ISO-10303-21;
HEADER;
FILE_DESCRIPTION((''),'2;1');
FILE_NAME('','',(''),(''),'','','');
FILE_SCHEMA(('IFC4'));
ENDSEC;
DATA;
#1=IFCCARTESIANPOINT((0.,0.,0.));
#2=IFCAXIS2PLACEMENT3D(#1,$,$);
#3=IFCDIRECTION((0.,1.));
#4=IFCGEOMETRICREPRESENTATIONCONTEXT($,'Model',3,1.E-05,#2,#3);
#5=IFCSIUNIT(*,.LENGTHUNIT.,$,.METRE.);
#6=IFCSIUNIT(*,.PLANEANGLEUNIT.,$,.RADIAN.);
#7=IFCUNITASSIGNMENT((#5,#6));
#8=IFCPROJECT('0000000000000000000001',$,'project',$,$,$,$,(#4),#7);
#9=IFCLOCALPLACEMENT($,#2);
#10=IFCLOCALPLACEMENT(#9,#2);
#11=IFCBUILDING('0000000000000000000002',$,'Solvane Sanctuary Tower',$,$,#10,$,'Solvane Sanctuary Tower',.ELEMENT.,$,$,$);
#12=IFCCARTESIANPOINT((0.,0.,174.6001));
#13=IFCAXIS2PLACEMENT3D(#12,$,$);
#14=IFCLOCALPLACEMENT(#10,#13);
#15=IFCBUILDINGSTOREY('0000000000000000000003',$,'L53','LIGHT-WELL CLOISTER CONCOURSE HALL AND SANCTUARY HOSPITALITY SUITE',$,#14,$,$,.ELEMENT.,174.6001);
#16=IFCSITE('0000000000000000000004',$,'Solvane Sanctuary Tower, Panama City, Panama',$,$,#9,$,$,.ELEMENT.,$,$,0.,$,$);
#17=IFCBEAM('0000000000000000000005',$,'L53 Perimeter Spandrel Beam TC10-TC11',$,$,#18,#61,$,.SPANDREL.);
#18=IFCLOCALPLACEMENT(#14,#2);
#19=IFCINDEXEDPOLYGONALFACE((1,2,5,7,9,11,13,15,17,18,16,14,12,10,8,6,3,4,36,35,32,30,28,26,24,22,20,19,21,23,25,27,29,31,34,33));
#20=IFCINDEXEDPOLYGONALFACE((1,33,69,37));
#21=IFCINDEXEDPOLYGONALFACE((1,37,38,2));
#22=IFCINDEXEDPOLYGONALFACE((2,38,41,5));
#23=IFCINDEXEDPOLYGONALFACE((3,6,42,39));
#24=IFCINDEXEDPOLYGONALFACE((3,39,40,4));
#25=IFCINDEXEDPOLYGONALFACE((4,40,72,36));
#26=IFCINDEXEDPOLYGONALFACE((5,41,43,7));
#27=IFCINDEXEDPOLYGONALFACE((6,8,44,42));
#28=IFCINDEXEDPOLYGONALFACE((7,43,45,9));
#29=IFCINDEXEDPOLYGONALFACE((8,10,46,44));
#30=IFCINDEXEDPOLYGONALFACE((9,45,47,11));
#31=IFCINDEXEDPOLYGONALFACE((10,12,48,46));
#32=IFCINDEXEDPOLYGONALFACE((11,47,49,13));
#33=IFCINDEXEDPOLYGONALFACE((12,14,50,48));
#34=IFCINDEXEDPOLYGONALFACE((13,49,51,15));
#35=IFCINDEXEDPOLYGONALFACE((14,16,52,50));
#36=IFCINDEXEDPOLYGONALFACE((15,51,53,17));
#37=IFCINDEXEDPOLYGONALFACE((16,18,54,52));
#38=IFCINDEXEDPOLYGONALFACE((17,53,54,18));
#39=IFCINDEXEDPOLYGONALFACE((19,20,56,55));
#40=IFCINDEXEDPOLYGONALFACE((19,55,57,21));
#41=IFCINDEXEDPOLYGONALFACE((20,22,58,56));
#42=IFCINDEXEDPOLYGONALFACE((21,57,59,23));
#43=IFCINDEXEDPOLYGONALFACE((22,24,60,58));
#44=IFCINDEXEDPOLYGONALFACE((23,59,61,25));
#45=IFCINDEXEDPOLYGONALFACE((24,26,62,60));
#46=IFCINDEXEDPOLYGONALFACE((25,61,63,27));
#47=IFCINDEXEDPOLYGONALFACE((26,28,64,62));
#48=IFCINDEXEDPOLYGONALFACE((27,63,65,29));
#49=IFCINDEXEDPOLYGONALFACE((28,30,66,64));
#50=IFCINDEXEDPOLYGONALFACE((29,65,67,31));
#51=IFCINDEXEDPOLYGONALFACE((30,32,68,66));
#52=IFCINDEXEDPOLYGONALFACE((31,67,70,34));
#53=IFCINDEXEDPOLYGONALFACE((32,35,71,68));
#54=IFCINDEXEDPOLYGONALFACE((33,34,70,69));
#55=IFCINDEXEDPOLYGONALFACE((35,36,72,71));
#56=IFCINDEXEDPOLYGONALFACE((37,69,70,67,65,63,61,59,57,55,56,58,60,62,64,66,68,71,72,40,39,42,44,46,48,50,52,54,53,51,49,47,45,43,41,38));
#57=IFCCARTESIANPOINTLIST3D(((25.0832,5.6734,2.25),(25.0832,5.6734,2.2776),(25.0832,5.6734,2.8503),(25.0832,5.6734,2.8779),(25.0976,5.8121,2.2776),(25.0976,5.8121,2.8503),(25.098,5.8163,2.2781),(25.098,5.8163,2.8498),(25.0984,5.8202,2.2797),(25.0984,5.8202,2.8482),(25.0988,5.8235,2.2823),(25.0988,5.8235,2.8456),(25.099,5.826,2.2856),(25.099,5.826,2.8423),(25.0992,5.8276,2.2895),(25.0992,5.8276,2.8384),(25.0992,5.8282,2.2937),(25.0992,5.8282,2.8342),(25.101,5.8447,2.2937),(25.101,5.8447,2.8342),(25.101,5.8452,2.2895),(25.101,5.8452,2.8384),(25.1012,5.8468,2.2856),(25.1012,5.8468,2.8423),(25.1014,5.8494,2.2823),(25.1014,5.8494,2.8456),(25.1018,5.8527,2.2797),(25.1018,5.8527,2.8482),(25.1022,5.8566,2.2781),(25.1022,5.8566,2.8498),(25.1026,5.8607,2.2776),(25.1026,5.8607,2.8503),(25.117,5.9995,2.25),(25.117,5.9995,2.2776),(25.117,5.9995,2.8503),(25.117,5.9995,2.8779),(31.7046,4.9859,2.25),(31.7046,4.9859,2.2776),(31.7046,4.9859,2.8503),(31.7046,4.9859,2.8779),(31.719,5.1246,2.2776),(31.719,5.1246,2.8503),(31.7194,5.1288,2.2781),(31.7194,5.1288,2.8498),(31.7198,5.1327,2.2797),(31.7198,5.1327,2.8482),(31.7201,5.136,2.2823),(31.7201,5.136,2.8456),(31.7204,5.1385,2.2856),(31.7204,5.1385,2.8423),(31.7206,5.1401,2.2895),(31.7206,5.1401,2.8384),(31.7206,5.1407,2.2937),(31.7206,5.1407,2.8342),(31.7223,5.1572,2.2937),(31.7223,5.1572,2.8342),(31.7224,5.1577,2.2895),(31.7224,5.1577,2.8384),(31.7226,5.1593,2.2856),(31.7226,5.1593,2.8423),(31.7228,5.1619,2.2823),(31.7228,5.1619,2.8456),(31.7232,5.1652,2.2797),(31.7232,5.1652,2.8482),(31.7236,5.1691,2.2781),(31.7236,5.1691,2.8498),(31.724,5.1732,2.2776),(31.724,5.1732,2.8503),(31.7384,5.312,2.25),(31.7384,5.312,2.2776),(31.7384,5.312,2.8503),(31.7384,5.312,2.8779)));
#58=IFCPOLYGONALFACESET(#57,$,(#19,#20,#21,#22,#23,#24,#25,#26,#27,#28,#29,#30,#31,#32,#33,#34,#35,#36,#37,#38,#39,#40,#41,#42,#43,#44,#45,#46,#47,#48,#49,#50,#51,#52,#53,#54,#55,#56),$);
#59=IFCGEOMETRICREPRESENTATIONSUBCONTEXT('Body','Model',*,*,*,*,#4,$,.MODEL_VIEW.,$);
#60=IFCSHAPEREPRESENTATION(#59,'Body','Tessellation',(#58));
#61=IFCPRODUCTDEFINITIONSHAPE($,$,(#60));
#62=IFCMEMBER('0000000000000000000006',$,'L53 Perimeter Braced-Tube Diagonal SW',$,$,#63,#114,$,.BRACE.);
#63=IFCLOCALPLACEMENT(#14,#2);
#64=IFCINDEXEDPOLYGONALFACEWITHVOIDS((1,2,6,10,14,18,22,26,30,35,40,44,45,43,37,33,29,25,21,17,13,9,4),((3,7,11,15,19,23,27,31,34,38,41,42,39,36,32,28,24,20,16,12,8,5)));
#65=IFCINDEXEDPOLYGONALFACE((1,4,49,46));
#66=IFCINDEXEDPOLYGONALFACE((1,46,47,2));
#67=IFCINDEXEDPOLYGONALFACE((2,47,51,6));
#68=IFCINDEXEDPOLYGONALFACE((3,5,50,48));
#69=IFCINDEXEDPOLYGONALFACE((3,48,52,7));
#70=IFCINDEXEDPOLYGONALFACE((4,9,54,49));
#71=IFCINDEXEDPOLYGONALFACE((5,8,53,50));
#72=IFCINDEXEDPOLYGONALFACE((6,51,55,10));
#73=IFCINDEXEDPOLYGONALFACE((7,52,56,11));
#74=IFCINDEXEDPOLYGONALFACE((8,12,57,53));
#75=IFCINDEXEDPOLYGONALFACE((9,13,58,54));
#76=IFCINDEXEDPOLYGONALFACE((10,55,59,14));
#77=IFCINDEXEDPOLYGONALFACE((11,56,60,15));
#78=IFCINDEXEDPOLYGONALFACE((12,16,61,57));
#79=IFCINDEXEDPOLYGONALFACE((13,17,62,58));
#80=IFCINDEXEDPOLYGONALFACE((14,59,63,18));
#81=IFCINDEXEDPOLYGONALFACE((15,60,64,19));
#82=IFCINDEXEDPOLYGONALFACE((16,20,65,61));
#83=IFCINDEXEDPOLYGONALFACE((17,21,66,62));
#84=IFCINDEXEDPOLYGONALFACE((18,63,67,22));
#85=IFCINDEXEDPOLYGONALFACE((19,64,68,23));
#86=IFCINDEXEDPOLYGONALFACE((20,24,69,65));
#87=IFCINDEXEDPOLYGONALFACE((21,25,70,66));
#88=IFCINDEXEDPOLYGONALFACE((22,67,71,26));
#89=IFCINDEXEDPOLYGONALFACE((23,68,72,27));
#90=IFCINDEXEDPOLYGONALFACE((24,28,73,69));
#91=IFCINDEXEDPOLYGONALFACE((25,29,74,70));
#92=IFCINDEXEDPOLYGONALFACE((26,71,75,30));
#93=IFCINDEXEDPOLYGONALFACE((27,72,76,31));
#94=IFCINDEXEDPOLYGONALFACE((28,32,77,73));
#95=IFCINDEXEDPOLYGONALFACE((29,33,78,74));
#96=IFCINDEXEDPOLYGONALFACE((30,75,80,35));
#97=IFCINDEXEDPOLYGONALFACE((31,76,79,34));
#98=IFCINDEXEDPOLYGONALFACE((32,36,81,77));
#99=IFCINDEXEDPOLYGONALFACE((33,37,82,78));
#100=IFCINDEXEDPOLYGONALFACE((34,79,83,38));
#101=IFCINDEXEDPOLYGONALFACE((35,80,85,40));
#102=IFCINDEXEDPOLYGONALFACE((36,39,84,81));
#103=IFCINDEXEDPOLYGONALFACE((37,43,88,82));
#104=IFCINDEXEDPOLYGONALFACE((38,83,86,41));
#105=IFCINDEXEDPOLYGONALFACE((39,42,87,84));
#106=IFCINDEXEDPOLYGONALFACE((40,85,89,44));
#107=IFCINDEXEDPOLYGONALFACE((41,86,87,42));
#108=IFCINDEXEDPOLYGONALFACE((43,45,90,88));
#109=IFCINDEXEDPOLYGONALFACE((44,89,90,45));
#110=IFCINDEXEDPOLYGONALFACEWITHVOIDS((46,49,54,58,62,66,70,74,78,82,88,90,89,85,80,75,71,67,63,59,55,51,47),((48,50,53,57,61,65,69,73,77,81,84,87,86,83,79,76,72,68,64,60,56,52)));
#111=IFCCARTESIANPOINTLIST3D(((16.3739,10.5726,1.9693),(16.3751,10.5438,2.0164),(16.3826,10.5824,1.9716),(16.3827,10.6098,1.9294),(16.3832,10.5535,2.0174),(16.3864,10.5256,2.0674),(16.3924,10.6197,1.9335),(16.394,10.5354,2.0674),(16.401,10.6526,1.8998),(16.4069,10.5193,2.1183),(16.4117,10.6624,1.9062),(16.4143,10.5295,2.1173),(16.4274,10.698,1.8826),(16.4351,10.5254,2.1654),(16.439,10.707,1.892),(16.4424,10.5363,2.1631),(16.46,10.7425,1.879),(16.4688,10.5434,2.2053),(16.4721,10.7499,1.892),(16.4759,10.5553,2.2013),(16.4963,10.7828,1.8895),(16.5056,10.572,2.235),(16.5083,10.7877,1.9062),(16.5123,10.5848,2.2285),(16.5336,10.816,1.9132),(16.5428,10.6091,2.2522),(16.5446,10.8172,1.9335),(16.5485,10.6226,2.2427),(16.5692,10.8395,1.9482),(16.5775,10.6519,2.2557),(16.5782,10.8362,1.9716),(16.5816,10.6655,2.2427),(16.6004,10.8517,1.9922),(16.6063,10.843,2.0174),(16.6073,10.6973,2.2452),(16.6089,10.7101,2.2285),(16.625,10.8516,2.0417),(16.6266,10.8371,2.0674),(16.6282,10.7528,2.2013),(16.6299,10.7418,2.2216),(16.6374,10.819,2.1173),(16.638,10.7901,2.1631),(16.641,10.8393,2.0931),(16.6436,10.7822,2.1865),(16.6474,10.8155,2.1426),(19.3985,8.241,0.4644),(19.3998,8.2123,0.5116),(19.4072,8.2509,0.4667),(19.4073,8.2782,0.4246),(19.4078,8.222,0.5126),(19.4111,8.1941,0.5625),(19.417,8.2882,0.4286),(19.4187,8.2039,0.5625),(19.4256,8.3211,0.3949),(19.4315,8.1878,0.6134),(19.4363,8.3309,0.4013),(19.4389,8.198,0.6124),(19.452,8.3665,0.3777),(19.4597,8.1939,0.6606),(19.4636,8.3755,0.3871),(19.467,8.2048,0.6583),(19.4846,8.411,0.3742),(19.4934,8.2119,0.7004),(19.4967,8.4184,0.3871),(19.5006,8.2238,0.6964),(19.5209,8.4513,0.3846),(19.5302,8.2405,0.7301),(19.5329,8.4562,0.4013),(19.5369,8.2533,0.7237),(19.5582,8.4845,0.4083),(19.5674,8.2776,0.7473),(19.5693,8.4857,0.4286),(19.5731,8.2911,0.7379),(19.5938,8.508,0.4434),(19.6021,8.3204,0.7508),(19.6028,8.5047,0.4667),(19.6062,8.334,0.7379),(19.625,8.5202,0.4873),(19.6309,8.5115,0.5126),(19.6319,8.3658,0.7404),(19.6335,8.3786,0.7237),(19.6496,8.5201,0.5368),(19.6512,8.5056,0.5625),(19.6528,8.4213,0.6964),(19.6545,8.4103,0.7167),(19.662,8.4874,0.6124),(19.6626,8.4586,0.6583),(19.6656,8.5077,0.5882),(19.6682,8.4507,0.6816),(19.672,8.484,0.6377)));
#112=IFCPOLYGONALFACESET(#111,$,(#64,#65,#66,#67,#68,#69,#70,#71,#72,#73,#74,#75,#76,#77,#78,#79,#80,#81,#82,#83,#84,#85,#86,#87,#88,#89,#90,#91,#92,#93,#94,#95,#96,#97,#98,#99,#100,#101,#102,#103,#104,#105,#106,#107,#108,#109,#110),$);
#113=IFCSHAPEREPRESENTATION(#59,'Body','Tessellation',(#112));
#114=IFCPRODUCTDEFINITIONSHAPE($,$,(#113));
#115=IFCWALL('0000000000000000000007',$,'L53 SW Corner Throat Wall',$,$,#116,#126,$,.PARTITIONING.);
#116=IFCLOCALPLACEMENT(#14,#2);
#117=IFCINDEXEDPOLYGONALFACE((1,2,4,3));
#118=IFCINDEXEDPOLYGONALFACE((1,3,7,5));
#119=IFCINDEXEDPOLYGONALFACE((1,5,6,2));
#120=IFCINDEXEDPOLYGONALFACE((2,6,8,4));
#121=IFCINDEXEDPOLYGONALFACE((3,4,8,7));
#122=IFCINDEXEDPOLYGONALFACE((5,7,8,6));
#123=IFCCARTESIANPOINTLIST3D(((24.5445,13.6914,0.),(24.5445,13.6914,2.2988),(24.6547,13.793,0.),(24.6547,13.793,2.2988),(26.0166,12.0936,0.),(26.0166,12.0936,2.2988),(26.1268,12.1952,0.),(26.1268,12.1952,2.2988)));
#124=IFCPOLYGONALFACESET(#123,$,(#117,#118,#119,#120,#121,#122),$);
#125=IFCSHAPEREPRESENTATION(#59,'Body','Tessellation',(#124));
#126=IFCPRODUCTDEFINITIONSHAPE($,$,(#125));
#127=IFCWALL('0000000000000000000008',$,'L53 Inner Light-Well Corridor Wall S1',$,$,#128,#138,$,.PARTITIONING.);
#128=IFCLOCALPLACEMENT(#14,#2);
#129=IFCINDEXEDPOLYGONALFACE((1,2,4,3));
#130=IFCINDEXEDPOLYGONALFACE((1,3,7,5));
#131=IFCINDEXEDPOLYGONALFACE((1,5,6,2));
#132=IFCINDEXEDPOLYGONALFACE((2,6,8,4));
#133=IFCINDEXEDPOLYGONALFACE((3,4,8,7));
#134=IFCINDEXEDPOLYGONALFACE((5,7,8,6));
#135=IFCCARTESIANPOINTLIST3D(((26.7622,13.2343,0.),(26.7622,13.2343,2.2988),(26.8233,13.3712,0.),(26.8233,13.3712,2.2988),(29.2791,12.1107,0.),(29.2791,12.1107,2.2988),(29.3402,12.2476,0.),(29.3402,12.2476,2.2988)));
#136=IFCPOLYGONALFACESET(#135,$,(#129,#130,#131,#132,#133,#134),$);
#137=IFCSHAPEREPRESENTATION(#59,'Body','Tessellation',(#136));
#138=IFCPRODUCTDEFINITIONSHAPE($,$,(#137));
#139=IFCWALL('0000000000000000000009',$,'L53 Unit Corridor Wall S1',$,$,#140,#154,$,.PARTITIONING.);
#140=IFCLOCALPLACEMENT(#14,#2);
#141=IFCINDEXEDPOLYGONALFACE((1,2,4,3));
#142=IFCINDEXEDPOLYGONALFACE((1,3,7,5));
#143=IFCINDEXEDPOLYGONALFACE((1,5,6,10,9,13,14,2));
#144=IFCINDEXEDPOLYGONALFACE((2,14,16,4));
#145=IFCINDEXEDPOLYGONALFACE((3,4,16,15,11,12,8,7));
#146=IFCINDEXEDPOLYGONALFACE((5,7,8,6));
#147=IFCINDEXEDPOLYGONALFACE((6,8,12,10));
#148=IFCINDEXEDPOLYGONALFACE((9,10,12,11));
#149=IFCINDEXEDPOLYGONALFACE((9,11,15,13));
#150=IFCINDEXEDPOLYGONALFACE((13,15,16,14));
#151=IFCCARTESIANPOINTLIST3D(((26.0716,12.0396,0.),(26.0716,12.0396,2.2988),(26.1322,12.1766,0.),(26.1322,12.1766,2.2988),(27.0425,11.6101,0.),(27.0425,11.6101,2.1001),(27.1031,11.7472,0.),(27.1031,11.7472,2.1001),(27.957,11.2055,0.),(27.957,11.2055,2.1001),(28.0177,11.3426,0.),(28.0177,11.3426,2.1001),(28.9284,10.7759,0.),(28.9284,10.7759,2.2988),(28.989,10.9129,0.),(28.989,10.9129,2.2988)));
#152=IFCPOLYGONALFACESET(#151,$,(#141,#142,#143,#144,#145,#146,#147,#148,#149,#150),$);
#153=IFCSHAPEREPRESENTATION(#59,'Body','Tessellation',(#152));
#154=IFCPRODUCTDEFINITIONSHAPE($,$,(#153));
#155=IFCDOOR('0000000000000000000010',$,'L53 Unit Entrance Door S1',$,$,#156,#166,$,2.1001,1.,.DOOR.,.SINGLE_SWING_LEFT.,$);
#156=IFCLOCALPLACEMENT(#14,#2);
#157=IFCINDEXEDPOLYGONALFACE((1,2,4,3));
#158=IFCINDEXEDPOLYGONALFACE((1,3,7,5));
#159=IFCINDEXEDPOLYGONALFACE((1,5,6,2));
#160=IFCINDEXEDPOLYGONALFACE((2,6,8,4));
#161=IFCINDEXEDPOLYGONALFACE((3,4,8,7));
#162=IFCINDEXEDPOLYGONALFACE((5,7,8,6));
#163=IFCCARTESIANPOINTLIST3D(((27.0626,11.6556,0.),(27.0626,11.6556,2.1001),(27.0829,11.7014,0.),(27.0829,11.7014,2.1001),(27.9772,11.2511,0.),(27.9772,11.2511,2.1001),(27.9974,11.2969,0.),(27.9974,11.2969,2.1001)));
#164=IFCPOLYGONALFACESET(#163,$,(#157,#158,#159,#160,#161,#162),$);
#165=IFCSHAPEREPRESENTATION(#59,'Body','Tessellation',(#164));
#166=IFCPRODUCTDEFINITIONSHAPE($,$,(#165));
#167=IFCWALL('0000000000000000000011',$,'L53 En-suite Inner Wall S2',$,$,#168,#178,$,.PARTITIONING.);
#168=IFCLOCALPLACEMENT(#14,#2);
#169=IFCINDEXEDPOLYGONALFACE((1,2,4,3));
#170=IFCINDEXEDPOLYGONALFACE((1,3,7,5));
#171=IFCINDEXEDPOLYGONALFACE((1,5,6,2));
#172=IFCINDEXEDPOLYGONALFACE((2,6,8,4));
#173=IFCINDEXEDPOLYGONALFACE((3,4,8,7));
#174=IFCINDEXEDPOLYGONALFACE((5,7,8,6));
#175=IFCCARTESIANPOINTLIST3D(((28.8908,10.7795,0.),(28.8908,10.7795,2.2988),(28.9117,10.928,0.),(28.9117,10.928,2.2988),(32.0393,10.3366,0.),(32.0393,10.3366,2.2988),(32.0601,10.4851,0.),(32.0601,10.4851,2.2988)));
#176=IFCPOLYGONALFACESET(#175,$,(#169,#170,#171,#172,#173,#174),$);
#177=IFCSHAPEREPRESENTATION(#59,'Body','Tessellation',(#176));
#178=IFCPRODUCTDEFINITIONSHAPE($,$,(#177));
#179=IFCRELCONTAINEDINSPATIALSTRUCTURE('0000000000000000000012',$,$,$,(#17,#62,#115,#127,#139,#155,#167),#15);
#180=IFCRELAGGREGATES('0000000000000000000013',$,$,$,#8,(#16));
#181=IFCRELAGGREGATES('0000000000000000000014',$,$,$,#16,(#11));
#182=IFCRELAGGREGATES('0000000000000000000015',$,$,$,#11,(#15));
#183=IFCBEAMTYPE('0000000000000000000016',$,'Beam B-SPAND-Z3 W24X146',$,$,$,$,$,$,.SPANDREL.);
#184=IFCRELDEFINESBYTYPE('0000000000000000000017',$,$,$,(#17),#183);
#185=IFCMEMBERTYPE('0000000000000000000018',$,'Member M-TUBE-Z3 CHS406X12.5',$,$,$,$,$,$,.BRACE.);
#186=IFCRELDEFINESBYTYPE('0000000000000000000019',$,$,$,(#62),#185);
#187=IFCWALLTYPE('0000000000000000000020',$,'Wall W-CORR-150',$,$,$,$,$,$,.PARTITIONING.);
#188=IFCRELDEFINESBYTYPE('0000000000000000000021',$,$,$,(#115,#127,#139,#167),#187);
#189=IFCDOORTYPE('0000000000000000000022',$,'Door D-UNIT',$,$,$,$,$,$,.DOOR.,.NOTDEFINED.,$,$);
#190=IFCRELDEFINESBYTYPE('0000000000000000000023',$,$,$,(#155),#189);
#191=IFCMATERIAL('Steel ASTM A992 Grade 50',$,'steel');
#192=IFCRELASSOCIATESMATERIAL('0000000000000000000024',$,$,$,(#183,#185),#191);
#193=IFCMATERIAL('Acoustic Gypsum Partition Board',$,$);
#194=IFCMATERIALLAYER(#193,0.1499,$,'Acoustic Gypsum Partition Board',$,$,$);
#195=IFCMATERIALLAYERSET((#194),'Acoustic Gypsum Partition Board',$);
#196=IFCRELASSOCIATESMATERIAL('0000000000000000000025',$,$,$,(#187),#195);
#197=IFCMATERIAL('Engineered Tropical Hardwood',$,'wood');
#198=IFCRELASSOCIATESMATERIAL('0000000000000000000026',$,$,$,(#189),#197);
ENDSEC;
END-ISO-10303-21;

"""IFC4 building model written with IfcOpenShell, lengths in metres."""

from ifc_helpers import new_model, si_unit, direction, frame, frame_2d, origin, origin_2d, place, context, subcontext, project, spatial, rectangle, hollow_circle, i_section, extrude, material, layer, layer_set, material_profile, profile_set, type_object, element, fill, save


model = new_model("IFC4")

# Units and contexts
model_context = context("Model", 3, precision=1e-05, world=origin(), true_north=direction((0.0, 1.0)))
body_context = subcontext(model_context, "Body", "Model", "MODEL_VIEW")
ifc_project = project(units=[si_unit("LENGTHUNIT", "METRE"), si_unit("PLANEANGLEUNIT", "RADIAN")], contexts=[model_context])

# Site, building, storey
site_placement = place(None, origin())
site = spatial("IfcSite", under=ifc_project, at=site_placement, Name="Solvane Sanctuary Tower, Panama City, Panama", CompositionType="ELEMENT", RefElevation=0.0)
building_placement = place(site_placement, origin())
building = spatial("IfcBuilding", under=site, at=building_placement, Name="Solvane Sanctuary Tower", LongName="Solvane Sanctuary Tower", CompositionType="ELEMENT")
storey_placement = place(building_placement, frame((0.0, 0.0, 174.6001)))
storey = spatial("IfcBuildingStorey", under=building, at=storey_placement, Name="L53", Description="LIGHT-WELL CLOISTER CONCOURSE HALL AND SANCTUARY HOSPITALITY SUITE", CompositionType="ELEMENT", Elevation=174.6001)

# Beam
ifc_material_1 = material(Name="Steel ASTM A992 Grade 50", Category="steel")
ifc_material_profile_1 = material_profile(ifc_material_1, i_section(OverallWidth=0.3279, OverallDepth=0.6279, WebThickness=0.0166, FlangeThickness=0.0276, FilletRadius=0.0161, at=origin_2d()), Name="W24X146")
ifc_profile_set_1 = profile_set([ifc_material_profile_1], Name="Steel ASTM A992 Grade 50")
beam_type_1 = type_object("IfcBeamType", Name="Beam B-SPAND-Z3 W24X146", PredefinedType="SPANDREL", material=ifc_profile_set_1)
beam_1_placement = place(storey_placement, frame((25.1001, 5.8364, 2.564), z_axis=(0.994653, -0.103276, 0.0), x_axis=(0.103276, 0.994653, 0.0)))
element("IfcBeam", 1, at=beam_1_placement, inside=storey, type_object=beam_type_1, Name="L53 Perimeter Spandrel Beam TC10-TC11", PredefinedType="SPANDREL", context=body_context, shape_type="SweptSolid", body=[
    extrude(i_section(OverallWidth=0.3279, OverallDepth=0.6279, WebThickness=0.0166, FlangeThickness=0.0276, FilletRadius=0.0161, at=origin_2d()), origin(), (0.0, 0.0, 1.0), 6.657),
])

# Member
ifc_material_profile_2 = material_profile(ifc_material_1, hollow_circle(Radius=0.2029, WallThickness=0.0125, at=origin_2d()), Name="CHS406X12.5")
ifc_profile_set_2 = profile_set([ifc_material_profile_2], Name="Steel ASTM A992 Grade 50")
member_type = type_object("IfcMemberType", Name="Member M-TUBE-Z3 CHS406X12.5", PredefinedType="BRACE", material=ifc_profile_set_2)
member_placement = place(storey_placement, frame((19.5349, 8.3547, 0.5625), z_axis=(-0.73686, 0.568005, 0.366616), x_axis=(-0.610514, -0.792006, 0.0)))
element("IfcMember", 2, at=member_placement, inside=storey, type_object=member_type, Name="L53 Perimeter Braced-Tube Diagonal SW", PredefinedType="BRACE", context=body_context, shape_type="SweptSolid", body=[
    extrude(hollow_circle(Radius=0.2029, WallThickness=0.0125, at=origin_2d()), origin(), (0.0, 0.0, 1.0), 4.1047),
])

# Walls
ifc_material_2 = material(Name="Acoustic Gypsum Partition Board")
ifc_layer_1 = layer(ifc_material_2, 0.1499, Name="Acoustic Gypsum Partition Board")
ifc_layer_set_1 = layer_set([ifc_layer_1], Name="Acoustic Gypsum Partition Board")
wall_type_1 = type_object("IfcWallType", Name="Wall W-CORR-150", PredefinedType="PARTITIONING", material=ifc_layer_set_1)
wall_1_placement = place(storey_placement, frame((26.0718, 12.1443, 0.0), z_axis=(0.0, 0.0, 1.0), x_axis=(-0.67758, 0.735449, 0.0)))
element("IfcWall", 3, at=wall_1_placement, inside=storey, type_object=wall_type_1, Name="L53 SW Corner Throat Wall", PredefinedType="PARTITIONING", context=body_context, shape_type="SweptSolid", body=[
    extrude(rectangle(XDim=2.1726, YDim=0.1499, at=frame_2d((1.0864, 0.0))), origin(), (0.0, 0.0, 1.0), 2.2988),
])
wall_2_placement = place(storey_placement, frame((26.7927, 13.3027, 0.0), z_axis=(0.0, 0.0, 1.0), x_axis=(0.913146, -0.407634, 0.0)))
element("IfcWall", 4, at=wall_2_placement, inside=storey, type_object=wall_type_1, Name="L53 Inner Light-Well Corridor Wall S1", PredefinedType="PARTITIONING", context=body_context, shape_type="SweptSolid", body=[
    extrude(rectangle(XDim=2.7563, YDim=0.1499, at=frame_2d((1.3782, 0.0))), origin(), (0.0, 0.0, 1.0), 2.2988),
])

# Wall, opening, door
wall_3_placement = place(storey_placement, frame((26.1018, 12.1082, 0.0), z_axis=(0.0, 0.0, 1.0), x_axis=(0.914519, -0.404542, 0.0)))
wall_3 = element("IfcWall", 5, at=wall_3_placement, inside=storey, type_object=wall_type_1, Name="L53 Unit Corridor Wall S1", PredefinedType="PARTITIONING", context=body_context, shape_type="SweptSolid", body=[
    extrude(rectangle(XDim=3.1238, YDim=0.1499, at=frame_2d((1.562, 0.0))), origin(), (0.0, 0.0, 1.0), 2.2988),
])
opening_1_placement = place(wall_3_placement, frame((1.0618, 0.0, 0.0)))
opening_1 = element("IfcOpeningElement", 6, at=opening_1_placement, cuts=wall_3, PredefinedType="OPENING", context=body_context, shape_type="SweptSolid", body=[
    extrude(rectangle(XDim=1.0, YDim=2.1001, at=frame_2d((0.5, 1.05))), frame((0.0, 0.085, 0.0), z_axis=(0.0, -1.0, 0.0), x_axis=(1.0, 0.0, 0.0)), (0.0, 0.0, 1.0), 0.1699),
])
ifc_material_3 = material(Name="Engineered Tropical Hardwood", Category="wood")
door_type_1 = type_object("IfcDoorType", Name="Door D-UNIT", OperationType="NOTDEFINED", PredefinedType="DOOR", material=ifc_material_3)
door_1_placement = place(opening_1_placement, origin())
door_1 = element("IfcDoor", 7, at=door_1_placement, inside=storey, type_object=door_type_1, Name="L53 Unit Entrance Door S1", OperationType="SINGLE_SWING_LEFT", OverallHeight=2.1001, OverallWidth=1.0, PredefinedType="DOOR", context=body_context, shape_type="SweptSolid", body=[
    extrude(rectangle(XDim=1.0, YDim=2.1001, at=frame_2d((0.5, 1.05))), frame((0.0, 0.0249, 0.0), z_axis=(0.0, -1.0, 0.0), x_axis=(1.0, 0.0, 0.0)), (0.0, 0.0, 1.0), 0.05),
])
fill(opening_1, door_1)

# Wall
wall_4_placement = place(storey_placement, frame((28.9011, 10.8538, 0.0), z_axis=(0.0, 0.0, 1.0), x_axis=(0.990251, -0.139292, 0.0)))
element("IfcWall", 8, at=wall_4_placement, inside=storey, type_object=wall_type_1, Name="L53 En-suite Inner Wall S2", PredefinedType="PARTITIONING", context=body_context, shape_type="SweptSolid", body=[
    extrude(rectangle(XDim=3.1794, YDim=0.1499, at=frame_2d((1.5898, 0.0))), origin(), (0.0, 0.0, 1.0), 2.2988),
])

save(model, "model.ifc")
